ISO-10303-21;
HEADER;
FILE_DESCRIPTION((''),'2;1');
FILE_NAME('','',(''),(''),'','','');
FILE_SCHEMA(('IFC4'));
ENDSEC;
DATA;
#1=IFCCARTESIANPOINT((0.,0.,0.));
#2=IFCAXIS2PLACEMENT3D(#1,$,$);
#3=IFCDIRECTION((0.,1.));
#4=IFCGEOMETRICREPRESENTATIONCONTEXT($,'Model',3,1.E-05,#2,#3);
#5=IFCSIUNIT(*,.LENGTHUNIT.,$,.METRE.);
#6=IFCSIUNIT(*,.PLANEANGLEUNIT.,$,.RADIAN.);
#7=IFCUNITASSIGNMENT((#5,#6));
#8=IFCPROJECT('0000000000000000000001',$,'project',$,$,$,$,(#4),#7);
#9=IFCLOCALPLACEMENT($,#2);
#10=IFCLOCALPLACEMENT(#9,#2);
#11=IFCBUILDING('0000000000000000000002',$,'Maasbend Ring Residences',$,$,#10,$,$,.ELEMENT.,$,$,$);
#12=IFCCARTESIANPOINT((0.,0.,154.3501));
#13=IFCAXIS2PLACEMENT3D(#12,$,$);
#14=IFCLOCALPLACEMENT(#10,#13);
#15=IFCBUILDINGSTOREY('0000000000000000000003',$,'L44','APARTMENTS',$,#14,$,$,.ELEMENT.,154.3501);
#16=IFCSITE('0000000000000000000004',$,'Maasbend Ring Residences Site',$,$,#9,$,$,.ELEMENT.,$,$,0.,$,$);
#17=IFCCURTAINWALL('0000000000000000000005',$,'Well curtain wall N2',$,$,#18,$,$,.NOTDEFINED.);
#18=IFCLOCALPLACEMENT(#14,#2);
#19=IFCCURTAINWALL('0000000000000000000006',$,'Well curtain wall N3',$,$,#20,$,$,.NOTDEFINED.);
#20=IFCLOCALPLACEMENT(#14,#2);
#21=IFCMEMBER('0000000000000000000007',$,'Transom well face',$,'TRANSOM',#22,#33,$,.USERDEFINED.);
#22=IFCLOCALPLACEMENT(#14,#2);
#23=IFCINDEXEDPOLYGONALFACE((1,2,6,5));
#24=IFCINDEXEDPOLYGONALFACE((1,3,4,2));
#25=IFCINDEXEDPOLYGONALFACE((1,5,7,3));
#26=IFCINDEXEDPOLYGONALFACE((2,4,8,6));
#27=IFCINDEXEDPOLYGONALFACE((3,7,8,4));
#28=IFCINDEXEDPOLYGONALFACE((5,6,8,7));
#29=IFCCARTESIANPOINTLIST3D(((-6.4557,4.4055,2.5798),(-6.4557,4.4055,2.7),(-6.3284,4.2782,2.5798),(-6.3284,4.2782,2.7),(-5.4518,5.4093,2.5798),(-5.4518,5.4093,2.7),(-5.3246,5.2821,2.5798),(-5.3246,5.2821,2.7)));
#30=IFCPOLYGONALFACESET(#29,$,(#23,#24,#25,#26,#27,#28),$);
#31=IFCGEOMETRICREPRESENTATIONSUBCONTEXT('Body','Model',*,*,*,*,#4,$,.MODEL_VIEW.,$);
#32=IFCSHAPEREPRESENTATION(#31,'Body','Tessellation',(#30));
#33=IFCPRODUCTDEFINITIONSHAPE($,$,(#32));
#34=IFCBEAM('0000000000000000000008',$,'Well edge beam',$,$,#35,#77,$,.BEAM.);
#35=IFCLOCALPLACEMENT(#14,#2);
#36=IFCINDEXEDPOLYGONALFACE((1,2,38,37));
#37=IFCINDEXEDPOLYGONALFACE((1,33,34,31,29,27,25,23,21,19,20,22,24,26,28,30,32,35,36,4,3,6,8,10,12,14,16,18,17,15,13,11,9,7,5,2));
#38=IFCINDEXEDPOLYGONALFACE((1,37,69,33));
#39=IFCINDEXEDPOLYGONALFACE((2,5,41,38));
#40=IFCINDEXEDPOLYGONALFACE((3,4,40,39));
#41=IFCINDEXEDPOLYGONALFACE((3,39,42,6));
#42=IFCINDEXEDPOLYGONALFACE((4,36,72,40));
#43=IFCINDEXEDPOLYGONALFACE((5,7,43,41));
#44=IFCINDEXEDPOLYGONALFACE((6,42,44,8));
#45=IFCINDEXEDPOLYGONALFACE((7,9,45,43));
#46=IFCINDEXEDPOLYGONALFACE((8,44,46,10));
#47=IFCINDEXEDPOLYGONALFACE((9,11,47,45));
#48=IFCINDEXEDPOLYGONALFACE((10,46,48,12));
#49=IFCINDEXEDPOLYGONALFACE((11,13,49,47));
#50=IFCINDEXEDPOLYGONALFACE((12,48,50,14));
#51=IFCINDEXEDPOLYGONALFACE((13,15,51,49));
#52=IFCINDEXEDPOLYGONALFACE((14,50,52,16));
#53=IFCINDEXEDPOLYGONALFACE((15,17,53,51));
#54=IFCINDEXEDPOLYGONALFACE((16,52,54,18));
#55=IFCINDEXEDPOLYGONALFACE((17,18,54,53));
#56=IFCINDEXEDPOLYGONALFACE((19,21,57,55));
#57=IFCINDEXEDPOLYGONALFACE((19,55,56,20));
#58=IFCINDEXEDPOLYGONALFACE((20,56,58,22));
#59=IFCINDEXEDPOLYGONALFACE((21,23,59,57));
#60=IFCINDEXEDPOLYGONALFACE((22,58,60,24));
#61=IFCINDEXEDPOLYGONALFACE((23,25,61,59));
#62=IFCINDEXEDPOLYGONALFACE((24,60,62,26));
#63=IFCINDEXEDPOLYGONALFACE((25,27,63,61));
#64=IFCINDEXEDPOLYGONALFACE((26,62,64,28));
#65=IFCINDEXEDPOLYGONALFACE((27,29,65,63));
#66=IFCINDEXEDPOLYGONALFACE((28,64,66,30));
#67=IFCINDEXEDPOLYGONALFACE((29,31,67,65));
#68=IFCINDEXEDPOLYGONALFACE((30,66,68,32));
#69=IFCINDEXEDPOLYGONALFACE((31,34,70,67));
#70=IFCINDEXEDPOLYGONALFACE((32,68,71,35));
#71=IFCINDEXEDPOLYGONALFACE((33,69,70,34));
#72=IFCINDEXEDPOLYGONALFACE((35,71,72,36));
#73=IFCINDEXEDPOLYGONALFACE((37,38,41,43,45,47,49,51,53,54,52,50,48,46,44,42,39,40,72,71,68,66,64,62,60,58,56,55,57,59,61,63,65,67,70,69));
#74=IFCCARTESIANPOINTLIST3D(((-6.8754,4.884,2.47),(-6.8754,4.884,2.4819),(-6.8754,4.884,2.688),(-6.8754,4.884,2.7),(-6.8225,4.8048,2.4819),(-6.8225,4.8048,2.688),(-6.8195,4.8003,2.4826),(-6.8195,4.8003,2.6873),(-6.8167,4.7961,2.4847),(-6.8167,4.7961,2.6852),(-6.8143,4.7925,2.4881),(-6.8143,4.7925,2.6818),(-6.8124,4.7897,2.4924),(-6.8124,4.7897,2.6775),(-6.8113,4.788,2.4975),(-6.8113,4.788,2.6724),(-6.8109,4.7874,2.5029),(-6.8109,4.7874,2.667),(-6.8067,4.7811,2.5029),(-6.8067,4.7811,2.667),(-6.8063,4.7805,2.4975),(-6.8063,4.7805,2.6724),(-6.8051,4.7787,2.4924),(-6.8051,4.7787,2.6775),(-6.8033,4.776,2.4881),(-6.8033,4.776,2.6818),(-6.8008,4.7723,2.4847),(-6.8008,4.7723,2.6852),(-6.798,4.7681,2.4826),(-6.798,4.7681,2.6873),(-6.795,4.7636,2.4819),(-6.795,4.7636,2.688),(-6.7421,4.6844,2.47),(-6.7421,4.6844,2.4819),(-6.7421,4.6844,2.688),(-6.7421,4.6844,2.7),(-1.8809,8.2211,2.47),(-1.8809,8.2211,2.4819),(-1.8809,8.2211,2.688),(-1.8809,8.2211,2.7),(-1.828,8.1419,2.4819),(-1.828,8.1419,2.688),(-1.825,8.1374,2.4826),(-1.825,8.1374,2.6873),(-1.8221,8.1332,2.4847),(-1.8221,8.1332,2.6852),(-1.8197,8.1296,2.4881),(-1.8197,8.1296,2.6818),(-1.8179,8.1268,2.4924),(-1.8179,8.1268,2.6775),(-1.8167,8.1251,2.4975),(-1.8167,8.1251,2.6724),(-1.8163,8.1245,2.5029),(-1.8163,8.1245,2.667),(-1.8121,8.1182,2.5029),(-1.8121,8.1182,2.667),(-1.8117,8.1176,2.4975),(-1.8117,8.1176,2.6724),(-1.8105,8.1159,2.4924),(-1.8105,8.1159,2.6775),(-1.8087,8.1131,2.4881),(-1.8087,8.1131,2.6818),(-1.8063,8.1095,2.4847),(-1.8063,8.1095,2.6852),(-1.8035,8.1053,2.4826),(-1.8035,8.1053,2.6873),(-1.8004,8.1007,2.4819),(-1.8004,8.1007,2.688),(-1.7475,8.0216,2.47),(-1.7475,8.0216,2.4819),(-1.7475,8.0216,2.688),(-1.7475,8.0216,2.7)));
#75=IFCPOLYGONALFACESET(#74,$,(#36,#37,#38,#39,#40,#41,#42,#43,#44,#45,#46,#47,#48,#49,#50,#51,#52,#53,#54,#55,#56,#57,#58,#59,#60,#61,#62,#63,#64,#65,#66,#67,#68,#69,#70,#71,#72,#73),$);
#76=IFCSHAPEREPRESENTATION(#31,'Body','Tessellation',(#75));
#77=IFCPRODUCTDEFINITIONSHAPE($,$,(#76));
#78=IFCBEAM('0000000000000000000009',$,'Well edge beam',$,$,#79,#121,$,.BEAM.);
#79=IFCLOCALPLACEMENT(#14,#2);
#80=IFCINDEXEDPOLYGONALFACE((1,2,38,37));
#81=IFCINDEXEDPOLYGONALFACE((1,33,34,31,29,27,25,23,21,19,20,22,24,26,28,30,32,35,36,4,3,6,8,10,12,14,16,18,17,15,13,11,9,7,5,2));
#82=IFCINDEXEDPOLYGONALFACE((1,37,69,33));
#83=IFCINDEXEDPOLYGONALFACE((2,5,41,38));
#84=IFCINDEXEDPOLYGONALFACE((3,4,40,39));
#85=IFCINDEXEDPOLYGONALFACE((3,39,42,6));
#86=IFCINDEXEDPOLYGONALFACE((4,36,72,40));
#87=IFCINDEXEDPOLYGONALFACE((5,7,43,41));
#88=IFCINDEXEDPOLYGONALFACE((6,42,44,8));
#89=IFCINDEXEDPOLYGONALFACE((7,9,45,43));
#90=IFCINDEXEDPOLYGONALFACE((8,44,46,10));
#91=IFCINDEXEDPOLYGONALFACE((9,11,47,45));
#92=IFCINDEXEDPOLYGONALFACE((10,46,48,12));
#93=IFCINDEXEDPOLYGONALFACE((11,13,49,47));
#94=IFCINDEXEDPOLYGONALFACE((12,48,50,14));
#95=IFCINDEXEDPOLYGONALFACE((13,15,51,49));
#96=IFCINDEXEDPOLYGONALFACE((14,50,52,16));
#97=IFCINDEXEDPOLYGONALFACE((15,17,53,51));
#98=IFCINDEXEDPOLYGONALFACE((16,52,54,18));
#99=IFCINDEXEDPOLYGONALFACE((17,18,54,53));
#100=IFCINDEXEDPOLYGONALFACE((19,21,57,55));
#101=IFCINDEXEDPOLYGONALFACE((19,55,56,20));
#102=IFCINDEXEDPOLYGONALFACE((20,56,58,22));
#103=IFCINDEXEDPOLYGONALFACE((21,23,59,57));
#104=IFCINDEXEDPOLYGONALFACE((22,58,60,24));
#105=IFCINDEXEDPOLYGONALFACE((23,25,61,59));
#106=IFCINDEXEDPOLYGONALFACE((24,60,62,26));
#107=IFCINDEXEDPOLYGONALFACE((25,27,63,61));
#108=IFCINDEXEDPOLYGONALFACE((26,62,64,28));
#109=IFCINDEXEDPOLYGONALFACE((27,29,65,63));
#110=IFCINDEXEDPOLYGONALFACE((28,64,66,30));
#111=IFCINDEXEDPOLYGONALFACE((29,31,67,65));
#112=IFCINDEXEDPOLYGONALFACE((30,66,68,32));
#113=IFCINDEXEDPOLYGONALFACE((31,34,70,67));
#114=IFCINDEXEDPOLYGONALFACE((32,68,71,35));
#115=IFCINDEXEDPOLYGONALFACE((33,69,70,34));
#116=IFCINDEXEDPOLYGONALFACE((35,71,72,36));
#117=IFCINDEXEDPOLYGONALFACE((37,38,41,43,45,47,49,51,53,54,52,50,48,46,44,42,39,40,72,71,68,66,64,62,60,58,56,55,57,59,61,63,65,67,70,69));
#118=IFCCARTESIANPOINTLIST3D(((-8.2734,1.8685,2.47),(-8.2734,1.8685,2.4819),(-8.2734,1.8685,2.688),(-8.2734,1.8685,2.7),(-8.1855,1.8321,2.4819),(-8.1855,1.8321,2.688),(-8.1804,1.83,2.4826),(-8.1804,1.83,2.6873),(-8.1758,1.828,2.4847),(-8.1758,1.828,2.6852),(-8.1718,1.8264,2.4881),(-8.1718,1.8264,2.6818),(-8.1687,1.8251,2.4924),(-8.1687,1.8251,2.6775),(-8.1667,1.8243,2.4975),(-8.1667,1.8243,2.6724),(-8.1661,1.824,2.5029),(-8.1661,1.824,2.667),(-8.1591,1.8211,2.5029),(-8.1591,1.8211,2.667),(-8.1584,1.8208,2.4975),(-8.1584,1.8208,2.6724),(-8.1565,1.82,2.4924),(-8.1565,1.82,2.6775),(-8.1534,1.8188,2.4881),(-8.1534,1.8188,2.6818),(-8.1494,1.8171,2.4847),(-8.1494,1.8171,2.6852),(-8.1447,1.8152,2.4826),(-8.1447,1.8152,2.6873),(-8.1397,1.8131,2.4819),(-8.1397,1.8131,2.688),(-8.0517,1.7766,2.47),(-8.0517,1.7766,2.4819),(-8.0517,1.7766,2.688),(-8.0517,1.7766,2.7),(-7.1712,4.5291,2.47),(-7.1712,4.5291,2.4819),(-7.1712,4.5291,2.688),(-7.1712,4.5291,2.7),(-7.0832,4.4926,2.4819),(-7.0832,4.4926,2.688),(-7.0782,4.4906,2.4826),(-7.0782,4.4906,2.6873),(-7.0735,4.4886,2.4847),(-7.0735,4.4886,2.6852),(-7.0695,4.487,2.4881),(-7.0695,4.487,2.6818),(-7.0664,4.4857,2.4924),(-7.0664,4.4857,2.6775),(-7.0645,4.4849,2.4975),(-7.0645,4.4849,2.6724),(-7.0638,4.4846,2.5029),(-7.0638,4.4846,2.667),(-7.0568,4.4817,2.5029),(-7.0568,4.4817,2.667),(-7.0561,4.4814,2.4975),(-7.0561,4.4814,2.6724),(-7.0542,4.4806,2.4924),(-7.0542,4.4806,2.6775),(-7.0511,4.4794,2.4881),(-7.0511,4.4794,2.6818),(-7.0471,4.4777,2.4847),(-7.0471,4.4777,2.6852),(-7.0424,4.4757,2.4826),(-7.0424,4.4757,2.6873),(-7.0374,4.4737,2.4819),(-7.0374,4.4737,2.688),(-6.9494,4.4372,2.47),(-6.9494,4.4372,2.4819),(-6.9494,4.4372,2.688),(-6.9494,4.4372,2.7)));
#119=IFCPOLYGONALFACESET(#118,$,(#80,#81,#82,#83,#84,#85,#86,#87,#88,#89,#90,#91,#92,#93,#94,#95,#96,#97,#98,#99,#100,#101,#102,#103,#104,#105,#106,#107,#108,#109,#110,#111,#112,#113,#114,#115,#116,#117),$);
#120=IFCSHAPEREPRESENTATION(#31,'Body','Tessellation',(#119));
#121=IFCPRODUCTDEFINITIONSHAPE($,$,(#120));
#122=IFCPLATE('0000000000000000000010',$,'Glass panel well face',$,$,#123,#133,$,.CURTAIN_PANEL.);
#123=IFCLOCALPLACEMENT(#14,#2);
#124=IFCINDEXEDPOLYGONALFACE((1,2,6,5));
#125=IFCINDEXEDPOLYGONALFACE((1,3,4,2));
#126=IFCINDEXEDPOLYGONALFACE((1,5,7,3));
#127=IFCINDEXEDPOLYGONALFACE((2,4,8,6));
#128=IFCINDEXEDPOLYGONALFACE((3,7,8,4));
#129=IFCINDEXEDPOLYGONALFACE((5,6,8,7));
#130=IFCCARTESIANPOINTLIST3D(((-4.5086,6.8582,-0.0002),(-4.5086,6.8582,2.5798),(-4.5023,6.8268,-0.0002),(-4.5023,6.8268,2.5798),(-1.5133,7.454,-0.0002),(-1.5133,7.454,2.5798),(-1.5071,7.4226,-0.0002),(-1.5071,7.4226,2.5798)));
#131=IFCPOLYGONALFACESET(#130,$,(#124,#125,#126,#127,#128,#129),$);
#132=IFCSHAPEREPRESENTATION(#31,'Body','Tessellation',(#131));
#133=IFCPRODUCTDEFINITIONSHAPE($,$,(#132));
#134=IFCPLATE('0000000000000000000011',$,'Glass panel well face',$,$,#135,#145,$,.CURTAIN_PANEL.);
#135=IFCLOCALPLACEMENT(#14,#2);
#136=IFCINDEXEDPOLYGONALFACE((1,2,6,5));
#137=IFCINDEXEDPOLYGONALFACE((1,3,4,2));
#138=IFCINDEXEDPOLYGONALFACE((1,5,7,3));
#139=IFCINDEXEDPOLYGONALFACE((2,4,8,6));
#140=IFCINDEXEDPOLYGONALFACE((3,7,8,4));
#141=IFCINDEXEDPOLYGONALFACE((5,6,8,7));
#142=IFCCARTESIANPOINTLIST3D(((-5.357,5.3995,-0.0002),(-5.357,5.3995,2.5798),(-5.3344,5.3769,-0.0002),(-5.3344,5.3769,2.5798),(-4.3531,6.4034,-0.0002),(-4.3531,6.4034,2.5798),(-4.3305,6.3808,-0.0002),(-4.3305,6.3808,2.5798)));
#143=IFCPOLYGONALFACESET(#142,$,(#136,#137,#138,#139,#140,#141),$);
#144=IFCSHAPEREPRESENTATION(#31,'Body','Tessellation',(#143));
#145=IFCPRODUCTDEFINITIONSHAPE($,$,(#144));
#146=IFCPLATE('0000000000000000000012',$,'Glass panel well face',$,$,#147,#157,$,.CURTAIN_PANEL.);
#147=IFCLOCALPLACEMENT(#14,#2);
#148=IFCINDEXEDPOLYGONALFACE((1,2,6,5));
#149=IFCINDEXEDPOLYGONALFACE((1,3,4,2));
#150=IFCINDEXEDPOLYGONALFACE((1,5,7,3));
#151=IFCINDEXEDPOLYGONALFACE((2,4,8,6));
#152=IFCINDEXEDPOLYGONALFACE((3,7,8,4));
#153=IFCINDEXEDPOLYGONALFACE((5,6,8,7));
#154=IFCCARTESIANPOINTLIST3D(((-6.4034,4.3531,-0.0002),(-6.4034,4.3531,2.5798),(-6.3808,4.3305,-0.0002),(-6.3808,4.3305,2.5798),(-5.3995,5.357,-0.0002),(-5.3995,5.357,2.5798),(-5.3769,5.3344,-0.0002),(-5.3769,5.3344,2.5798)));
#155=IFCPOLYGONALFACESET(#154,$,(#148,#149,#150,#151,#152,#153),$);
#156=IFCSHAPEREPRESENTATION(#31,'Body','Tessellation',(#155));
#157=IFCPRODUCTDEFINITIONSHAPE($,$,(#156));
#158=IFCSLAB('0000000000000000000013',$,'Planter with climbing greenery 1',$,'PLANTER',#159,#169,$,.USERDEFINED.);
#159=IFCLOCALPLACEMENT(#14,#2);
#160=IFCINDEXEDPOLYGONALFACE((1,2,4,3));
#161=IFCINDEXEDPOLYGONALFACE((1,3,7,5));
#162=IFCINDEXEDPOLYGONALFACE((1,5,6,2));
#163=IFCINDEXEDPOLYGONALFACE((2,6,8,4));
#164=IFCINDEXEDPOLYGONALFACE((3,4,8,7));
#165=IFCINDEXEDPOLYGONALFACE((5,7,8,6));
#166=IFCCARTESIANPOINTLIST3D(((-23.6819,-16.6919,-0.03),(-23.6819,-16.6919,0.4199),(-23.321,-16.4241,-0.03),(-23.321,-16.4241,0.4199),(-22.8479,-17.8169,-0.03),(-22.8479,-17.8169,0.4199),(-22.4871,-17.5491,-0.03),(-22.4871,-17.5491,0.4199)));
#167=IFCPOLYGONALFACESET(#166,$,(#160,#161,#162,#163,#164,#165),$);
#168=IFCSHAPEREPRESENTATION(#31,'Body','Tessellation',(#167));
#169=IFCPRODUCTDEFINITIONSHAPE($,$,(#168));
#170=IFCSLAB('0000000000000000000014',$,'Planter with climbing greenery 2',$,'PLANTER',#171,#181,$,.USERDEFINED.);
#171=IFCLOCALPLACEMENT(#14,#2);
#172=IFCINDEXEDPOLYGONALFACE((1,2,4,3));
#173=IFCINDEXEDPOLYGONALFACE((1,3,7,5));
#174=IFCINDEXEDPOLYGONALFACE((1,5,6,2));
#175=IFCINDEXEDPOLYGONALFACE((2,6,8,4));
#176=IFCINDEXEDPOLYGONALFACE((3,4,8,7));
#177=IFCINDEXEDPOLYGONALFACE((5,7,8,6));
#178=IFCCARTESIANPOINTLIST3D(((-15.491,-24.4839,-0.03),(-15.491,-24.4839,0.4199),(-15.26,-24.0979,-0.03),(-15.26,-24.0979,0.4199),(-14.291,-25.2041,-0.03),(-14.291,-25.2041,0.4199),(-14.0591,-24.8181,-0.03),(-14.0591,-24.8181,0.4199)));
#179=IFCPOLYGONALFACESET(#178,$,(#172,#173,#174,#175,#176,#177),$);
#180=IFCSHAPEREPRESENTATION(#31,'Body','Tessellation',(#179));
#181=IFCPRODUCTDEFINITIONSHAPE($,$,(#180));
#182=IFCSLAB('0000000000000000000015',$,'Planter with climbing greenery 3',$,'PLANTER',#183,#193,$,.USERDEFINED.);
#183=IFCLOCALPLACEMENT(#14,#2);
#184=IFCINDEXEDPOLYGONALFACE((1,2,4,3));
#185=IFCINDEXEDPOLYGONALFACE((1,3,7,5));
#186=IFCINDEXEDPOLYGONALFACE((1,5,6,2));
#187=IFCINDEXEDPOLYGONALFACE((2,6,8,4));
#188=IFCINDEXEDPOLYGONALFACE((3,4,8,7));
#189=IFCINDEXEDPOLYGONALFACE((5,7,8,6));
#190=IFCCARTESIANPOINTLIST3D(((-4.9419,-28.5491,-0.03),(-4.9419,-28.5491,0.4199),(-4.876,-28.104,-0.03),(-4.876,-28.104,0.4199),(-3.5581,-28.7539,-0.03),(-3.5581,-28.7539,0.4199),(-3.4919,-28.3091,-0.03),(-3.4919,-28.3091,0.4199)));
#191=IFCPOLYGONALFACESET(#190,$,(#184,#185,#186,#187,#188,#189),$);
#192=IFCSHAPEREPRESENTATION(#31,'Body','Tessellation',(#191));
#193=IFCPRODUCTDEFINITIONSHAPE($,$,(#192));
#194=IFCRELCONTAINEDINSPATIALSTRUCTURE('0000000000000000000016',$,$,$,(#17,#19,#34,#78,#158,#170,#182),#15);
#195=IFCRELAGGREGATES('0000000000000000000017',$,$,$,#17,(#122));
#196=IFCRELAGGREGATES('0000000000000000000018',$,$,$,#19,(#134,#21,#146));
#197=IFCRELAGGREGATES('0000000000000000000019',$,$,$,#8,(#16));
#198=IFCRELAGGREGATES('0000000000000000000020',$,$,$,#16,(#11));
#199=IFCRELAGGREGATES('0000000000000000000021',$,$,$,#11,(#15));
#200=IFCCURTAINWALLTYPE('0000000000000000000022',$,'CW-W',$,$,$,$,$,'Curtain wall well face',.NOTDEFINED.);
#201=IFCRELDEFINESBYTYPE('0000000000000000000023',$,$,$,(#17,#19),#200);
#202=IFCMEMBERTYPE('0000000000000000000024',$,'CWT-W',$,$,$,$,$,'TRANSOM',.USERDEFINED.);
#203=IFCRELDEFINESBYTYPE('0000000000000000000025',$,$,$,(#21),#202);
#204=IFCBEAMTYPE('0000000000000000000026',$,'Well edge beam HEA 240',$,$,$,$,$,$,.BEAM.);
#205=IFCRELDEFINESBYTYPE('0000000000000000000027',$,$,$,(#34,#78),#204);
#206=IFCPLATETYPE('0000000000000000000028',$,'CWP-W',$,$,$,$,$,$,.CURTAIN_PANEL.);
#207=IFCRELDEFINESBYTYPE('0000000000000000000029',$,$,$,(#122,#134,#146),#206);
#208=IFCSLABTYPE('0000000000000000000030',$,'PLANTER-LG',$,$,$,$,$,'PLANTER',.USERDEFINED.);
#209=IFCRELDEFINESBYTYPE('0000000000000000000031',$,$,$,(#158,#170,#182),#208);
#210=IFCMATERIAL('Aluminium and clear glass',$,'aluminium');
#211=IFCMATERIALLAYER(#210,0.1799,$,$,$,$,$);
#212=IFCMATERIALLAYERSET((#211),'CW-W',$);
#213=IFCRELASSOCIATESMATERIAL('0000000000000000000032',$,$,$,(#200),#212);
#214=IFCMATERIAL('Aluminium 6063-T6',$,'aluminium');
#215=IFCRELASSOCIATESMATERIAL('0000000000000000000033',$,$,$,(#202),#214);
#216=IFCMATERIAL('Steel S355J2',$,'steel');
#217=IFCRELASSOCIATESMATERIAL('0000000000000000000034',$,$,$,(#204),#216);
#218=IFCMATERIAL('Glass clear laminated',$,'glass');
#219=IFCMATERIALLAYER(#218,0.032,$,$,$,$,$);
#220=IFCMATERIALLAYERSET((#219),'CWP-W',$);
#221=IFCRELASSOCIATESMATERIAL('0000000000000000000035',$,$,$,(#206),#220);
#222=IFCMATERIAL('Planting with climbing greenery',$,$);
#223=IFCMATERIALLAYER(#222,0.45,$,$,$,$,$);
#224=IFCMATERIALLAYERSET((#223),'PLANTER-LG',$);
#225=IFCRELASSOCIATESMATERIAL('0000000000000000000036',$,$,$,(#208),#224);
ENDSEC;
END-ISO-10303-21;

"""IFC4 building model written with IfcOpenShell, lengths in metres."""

from ifc_helpers import new_model, si_unit, direction, frame, origin, origin_2d, place, context, subcontext, project, spatial, polyline, rectangle, i_section, outline, extrude, material, layer, layer_set, material_profile, profile_set, type_object, element, aggregate, save


model = new_model("IFC4")

# Units and contexts
model_context = context("Model", 3, precision=1e-05, world=origin(), true_north=direction((0.0, 1.0)))
body_context = subcontext(model_context, "Body", "Model", "MODEL_VIEW")
ifc_project = project(units=[si_unit("LENGTHUNIT", "METRE"), si_unit("PLANEANGLEUNIT", "RADIAN")], contexts=[model_context])

# Site, building, storey
site_placement = place(None, origin())
site = spatial("IfcSite", under=ifc_project, at=site_placement, Name="Maasbend Ring Residences Site", CompositionType="ELEMENT", RefElevation=0.0)
building_placement = place(site_placement, origin())
building = spatial("IfcBuilding", under=site, at=building_placement, Name="Maasbend Ring Residences", CompositionType="ELEMENT")
storey_placement = place(building_placement, frame((0.0, 0.0, 154.3501)))
storey = spatial("IfcBuildingStorey", under=building, at=storey_placement, Name="L44", Description="APARTMENTS", CompositionType="ELEMENT", Elevation=154.3501)

# Curtain walls
ifc_material_1 = material(Name="Aluminium and clear glass", Category="aluminium")
ifc_layer_1 = layer(ifc_material_1, 0.1799)
ifc_layer_set_1 = layer_set([ifc_layer_1], Name="CW-W")
curtain_wall_type = type_object("IfcCurtainWallType", Name="CW-W", ElementType="Curtain wall well face", PredefinedType="NOTDEFINED", material=ifc_layer_set_1)
curtain_wall_1_placement = place(storey_placement, origin())
curtain_wall_1 = element("IfcCurtainWall", 1, at=curtain_wall_1_placement, inside=storey, type_object=curtain_wall_type, Name="Well curtain wall N2", PredefinedType="NOTDEFINED")
curtain_wall_2_placement = place(storey_placement, origin())
curtain_wall_2 = element("IfcCurtainWall", 2, at=curtain_wall_2_placement, inside=storey, type_object=curtain_wall_type, Name="Well curtain wall N3", PredefinedType="NOTDEFINED")

# Member
ifc_material_2 = material(Name="Aluminium 6063-T6", Category="aluminium")
ifc_material_profile_1 = material_profile(ifc_material_2, rectangle(XDim=0.1799, YDim=0.1201, at=origin_2d()), Name="AL 180x120")
ifc_profile_set_1 = profile_set([ifc_material_profile_1], Name="Aluminium 6063-T6")
member_type_1 = type_object("IfcMemberType", Name="CWT-W", ElementType="TRANSOM", PredefinedType="USERDEFINED", material=ifc_profile_set_1)
member_1_placement = place(storey_placement, frame((-5.3882, 5.3457, 2.6399), z_axis=(-0.707107, -0.707107, 0.0), x_axis=(0.707107, -0.707107, 0.0)))
member_1 = element("IfcMember", 3, at=member_1_placement, type_object=member_type_1, Name="Transom well face", ObjectType="TRANSOM", PredefinedType="USERDEFINED", context=body_context, shape_type="SweptSolid", body=[
    extrude(rectangle(XDim=0.1799, YDim=0.1201, at=origin_2d()), origin(), (0.0, 0.0, 1.0), 1.4197),
])

# Beams
ifc_material_3 = material(Name="Steel S355J2", Category="steel")
ifc_material_profile_2 = material_profile(ifc_material_3, i_section(OverallWidth=0.24, OverallDepth=0.23, WebThickness=0.0076, FlangeThickness=0.012, FilletRadius=0.021, at=origin_2d()), Name="HEA 240")
ifc_profile_set_2 = profile_set([ifc_material_profile_2], Name="Steel S355J2")
beam_type = type_object("IfcBeamType", Name="Well edge beam HEA 240", PredefinedType="BEAM", material=ifc_profile_set_2)
beam_1_placement = place(storey_placement, frame((-1.8142, 8.1213, 2.585), z_axis=(-0.831481, -0.555553, 0.0), x_axis=(0.555553, -0.831481, 0.0)))
element("IfcBeam", 4, at=beam_1_placement, inside=storey, type_object=beam_type, Name="Well edge beam", PredefinedType="BEAM", context=body_context, shape_type="SweptSolid", body=[
    extrude(i_section(OverallWidth=0.24, OverallDepth=0.23, WebThickness=0.0076, FlangeThickness=0.012, FilletRadius=0.021, at=origin_2d()), origin(), (0.0, 0.0, 1.0), 6.0068),
])
beam_2_placement = place(storey_placement, frame((-7.0603, 4.4832, 2.585), z_axis=(-0.382749, -0.923853, 0.0), x_axis=(0.923853, -0.382749, 0.0)))
element("IfcBeam", 5, at=beam_2_placement, inside=storey, type_object=beam_type, Name="Well edge beam", PredefinedType="BEAM", context=body_context, shape_type="SweptSolid", body=[
    extrude(i_section(OverallWidth=0.24, OverallDepth=0.23, WebThickness=0.0076, FlangeThickness=0.012, FilletRadius=0.021, at=origin_2d()), origin(), (0.0, 0.0, 1.0), 2.8799),
])

# Plates
ifc_material_4 = material(Name="Glass clear laminated", Category="glass")
ifc_layer_2 = layer(ifc_material_4, 0.032)
ifc_layer_set_2 = layer_set([ifc_layer_2], Name="CWP-W")
plate_type = type_object("IfcPlateType", Name="CWP-W", PredefinedType="CURTAIN_PANEL", material=ifc_layer_set_2)
plate_1_placement = place(storey_placement, frame((-3.0078, 7.1404, -0.0002), z_axis=(0.0, 0.0, 1.0), x_axis=(-0.980785, -0.19509, 0.0)))
plate_1 = element("IfcPlate", 6, at=plate_1_placement, type_object=plate_type, Name="Glass panel well face", PredefinedType="CURTAIN_PANEL", context=body_context, shape_type="SweptSolid", body=[
    extrude(rectangle(XDim=3.054, YDim=0.032, at=origin_2d()), origin(), (0.0, 0.0, 1.0), 2.5801),
])
aggregate(curtain_wall_1, [plate_1])
plate_2_placement = place(storey_placement, frame((-4.8438, 5.8901, -0.0002), z_axis=(0.0, 0.0, 1.0), x_axis=(-0.707107, -0.707107, 0.0)))
plate_2 = element("IfcPlate", 7, at=plate_2_placement, type_object=plate_type, Name="Glass panel well face", PredefinedType="CURTAIN_PANEL", context=body_context, shape_type="SweptSolid", body=[
    extrude(rectangle(XDim=1.4197, YDim=0.032, at=origin_2d()), origin(), (0.0, 0.0, 1.0), 2.5801),
])
plate_3_placement = place(storey_placement, frame((-5.8901, 4.8438, -0.0002), z_axis=(0.0, 0.0, 1.0), x_axis=(-0.707107, -0.707107, 0.0)))
plate_3 = element("IfcPlate", 8, at=plate_3_placement, type_object=plate_type, Name="Glass panel well face", PredefinedType="CURTAIN_PANEL", context=body_context, shape_type="SweptSolid", body=[
    extrude(rectangle(XDim=1.4197, YDim=0.032, at=origin_2d()), origin(), (0.0, 0.0, 1.0), 2.5801),
])
aggregate(curtain_wall_2, [plate_2, member_1, plate_3])

# Slabs
ifc_material_5 = material(Name="Planting with climbing greenery")
ifc_layer_3 = layer(ifc_material_5, 0.45)
ifc_layer_set_3 = layer_set([ifc_layer_3], Name="PLANTER-LG")
slab_type_1 = type_object("IfcSlabType", Name="PLANTER-LG", ElementType="PLANTER", PredefinedType="USERDEFINED", material=ifc_layer_set_3)
slab_1_placement = place(storey_placement, frame((0.0, 0.0, -0.03)))
element("IfcSlab", 9, at=slab_1_placement, inside=storey, type_object=slab_type_1, Name="Planter with climbing greenery 1", ObjectType="PLANTER", PredefinedType="USERDEFINED", context=body_context, shape_type="SweptSolid", body=[
    extrude(outline(polyline([(-23.6819, -16.6919), (-22.8479, -17.8169), (-22.4871, -17.5491), (-23.321, -16.4241), (-23.6819, -16.6919)])), origin(), (0.0, 0.0, 1.0), 0.45),
])
slab_2_placement = place(storey_placement, frame((0.0, 0.0, -0.03)))
element("IfcSlab", 10, at=slab_2_placement, inside=storey, type_object=slab_type_1, Name="Planter with climbing greenery 2", ObjectType="PLANTER", PredefinedType="USERDEFINED", context=body_context, shape_type="SweptSolid", body=[
    extrude(outline(polyline([(-15.491, -24.4839), (-14.291, -25.2041), (-14.0591, -24.8181), (-15.26, -24.0979), (-15.491, -24.4839)])), origin(), (0.0, 0.0, 1.0), 0.45),
])
slab_3_placement = place(storey_placement, frame((0.0, 0.0, -0.03)))
element("IfcSlab", 11, at=slab_3_placement, inside=storey, type_object=slab_type_1, Name="Planter with climbing greenery 3", ObjectType="PLANTER", PredefinedType="USERDEFINED", context=body_context, shape_type="SweptSolid", body=[
    extrude(outline(polyline([(-4.9419, -28.5491), (-3.5581, -28.7539), (-3.4919, -28.3091), (-4.876, -28.104), (-4.9419, -28.5491)])), origin(), (0.0, 0.0, 1.0), 0.45),
])

save(model, "model.ifc")
